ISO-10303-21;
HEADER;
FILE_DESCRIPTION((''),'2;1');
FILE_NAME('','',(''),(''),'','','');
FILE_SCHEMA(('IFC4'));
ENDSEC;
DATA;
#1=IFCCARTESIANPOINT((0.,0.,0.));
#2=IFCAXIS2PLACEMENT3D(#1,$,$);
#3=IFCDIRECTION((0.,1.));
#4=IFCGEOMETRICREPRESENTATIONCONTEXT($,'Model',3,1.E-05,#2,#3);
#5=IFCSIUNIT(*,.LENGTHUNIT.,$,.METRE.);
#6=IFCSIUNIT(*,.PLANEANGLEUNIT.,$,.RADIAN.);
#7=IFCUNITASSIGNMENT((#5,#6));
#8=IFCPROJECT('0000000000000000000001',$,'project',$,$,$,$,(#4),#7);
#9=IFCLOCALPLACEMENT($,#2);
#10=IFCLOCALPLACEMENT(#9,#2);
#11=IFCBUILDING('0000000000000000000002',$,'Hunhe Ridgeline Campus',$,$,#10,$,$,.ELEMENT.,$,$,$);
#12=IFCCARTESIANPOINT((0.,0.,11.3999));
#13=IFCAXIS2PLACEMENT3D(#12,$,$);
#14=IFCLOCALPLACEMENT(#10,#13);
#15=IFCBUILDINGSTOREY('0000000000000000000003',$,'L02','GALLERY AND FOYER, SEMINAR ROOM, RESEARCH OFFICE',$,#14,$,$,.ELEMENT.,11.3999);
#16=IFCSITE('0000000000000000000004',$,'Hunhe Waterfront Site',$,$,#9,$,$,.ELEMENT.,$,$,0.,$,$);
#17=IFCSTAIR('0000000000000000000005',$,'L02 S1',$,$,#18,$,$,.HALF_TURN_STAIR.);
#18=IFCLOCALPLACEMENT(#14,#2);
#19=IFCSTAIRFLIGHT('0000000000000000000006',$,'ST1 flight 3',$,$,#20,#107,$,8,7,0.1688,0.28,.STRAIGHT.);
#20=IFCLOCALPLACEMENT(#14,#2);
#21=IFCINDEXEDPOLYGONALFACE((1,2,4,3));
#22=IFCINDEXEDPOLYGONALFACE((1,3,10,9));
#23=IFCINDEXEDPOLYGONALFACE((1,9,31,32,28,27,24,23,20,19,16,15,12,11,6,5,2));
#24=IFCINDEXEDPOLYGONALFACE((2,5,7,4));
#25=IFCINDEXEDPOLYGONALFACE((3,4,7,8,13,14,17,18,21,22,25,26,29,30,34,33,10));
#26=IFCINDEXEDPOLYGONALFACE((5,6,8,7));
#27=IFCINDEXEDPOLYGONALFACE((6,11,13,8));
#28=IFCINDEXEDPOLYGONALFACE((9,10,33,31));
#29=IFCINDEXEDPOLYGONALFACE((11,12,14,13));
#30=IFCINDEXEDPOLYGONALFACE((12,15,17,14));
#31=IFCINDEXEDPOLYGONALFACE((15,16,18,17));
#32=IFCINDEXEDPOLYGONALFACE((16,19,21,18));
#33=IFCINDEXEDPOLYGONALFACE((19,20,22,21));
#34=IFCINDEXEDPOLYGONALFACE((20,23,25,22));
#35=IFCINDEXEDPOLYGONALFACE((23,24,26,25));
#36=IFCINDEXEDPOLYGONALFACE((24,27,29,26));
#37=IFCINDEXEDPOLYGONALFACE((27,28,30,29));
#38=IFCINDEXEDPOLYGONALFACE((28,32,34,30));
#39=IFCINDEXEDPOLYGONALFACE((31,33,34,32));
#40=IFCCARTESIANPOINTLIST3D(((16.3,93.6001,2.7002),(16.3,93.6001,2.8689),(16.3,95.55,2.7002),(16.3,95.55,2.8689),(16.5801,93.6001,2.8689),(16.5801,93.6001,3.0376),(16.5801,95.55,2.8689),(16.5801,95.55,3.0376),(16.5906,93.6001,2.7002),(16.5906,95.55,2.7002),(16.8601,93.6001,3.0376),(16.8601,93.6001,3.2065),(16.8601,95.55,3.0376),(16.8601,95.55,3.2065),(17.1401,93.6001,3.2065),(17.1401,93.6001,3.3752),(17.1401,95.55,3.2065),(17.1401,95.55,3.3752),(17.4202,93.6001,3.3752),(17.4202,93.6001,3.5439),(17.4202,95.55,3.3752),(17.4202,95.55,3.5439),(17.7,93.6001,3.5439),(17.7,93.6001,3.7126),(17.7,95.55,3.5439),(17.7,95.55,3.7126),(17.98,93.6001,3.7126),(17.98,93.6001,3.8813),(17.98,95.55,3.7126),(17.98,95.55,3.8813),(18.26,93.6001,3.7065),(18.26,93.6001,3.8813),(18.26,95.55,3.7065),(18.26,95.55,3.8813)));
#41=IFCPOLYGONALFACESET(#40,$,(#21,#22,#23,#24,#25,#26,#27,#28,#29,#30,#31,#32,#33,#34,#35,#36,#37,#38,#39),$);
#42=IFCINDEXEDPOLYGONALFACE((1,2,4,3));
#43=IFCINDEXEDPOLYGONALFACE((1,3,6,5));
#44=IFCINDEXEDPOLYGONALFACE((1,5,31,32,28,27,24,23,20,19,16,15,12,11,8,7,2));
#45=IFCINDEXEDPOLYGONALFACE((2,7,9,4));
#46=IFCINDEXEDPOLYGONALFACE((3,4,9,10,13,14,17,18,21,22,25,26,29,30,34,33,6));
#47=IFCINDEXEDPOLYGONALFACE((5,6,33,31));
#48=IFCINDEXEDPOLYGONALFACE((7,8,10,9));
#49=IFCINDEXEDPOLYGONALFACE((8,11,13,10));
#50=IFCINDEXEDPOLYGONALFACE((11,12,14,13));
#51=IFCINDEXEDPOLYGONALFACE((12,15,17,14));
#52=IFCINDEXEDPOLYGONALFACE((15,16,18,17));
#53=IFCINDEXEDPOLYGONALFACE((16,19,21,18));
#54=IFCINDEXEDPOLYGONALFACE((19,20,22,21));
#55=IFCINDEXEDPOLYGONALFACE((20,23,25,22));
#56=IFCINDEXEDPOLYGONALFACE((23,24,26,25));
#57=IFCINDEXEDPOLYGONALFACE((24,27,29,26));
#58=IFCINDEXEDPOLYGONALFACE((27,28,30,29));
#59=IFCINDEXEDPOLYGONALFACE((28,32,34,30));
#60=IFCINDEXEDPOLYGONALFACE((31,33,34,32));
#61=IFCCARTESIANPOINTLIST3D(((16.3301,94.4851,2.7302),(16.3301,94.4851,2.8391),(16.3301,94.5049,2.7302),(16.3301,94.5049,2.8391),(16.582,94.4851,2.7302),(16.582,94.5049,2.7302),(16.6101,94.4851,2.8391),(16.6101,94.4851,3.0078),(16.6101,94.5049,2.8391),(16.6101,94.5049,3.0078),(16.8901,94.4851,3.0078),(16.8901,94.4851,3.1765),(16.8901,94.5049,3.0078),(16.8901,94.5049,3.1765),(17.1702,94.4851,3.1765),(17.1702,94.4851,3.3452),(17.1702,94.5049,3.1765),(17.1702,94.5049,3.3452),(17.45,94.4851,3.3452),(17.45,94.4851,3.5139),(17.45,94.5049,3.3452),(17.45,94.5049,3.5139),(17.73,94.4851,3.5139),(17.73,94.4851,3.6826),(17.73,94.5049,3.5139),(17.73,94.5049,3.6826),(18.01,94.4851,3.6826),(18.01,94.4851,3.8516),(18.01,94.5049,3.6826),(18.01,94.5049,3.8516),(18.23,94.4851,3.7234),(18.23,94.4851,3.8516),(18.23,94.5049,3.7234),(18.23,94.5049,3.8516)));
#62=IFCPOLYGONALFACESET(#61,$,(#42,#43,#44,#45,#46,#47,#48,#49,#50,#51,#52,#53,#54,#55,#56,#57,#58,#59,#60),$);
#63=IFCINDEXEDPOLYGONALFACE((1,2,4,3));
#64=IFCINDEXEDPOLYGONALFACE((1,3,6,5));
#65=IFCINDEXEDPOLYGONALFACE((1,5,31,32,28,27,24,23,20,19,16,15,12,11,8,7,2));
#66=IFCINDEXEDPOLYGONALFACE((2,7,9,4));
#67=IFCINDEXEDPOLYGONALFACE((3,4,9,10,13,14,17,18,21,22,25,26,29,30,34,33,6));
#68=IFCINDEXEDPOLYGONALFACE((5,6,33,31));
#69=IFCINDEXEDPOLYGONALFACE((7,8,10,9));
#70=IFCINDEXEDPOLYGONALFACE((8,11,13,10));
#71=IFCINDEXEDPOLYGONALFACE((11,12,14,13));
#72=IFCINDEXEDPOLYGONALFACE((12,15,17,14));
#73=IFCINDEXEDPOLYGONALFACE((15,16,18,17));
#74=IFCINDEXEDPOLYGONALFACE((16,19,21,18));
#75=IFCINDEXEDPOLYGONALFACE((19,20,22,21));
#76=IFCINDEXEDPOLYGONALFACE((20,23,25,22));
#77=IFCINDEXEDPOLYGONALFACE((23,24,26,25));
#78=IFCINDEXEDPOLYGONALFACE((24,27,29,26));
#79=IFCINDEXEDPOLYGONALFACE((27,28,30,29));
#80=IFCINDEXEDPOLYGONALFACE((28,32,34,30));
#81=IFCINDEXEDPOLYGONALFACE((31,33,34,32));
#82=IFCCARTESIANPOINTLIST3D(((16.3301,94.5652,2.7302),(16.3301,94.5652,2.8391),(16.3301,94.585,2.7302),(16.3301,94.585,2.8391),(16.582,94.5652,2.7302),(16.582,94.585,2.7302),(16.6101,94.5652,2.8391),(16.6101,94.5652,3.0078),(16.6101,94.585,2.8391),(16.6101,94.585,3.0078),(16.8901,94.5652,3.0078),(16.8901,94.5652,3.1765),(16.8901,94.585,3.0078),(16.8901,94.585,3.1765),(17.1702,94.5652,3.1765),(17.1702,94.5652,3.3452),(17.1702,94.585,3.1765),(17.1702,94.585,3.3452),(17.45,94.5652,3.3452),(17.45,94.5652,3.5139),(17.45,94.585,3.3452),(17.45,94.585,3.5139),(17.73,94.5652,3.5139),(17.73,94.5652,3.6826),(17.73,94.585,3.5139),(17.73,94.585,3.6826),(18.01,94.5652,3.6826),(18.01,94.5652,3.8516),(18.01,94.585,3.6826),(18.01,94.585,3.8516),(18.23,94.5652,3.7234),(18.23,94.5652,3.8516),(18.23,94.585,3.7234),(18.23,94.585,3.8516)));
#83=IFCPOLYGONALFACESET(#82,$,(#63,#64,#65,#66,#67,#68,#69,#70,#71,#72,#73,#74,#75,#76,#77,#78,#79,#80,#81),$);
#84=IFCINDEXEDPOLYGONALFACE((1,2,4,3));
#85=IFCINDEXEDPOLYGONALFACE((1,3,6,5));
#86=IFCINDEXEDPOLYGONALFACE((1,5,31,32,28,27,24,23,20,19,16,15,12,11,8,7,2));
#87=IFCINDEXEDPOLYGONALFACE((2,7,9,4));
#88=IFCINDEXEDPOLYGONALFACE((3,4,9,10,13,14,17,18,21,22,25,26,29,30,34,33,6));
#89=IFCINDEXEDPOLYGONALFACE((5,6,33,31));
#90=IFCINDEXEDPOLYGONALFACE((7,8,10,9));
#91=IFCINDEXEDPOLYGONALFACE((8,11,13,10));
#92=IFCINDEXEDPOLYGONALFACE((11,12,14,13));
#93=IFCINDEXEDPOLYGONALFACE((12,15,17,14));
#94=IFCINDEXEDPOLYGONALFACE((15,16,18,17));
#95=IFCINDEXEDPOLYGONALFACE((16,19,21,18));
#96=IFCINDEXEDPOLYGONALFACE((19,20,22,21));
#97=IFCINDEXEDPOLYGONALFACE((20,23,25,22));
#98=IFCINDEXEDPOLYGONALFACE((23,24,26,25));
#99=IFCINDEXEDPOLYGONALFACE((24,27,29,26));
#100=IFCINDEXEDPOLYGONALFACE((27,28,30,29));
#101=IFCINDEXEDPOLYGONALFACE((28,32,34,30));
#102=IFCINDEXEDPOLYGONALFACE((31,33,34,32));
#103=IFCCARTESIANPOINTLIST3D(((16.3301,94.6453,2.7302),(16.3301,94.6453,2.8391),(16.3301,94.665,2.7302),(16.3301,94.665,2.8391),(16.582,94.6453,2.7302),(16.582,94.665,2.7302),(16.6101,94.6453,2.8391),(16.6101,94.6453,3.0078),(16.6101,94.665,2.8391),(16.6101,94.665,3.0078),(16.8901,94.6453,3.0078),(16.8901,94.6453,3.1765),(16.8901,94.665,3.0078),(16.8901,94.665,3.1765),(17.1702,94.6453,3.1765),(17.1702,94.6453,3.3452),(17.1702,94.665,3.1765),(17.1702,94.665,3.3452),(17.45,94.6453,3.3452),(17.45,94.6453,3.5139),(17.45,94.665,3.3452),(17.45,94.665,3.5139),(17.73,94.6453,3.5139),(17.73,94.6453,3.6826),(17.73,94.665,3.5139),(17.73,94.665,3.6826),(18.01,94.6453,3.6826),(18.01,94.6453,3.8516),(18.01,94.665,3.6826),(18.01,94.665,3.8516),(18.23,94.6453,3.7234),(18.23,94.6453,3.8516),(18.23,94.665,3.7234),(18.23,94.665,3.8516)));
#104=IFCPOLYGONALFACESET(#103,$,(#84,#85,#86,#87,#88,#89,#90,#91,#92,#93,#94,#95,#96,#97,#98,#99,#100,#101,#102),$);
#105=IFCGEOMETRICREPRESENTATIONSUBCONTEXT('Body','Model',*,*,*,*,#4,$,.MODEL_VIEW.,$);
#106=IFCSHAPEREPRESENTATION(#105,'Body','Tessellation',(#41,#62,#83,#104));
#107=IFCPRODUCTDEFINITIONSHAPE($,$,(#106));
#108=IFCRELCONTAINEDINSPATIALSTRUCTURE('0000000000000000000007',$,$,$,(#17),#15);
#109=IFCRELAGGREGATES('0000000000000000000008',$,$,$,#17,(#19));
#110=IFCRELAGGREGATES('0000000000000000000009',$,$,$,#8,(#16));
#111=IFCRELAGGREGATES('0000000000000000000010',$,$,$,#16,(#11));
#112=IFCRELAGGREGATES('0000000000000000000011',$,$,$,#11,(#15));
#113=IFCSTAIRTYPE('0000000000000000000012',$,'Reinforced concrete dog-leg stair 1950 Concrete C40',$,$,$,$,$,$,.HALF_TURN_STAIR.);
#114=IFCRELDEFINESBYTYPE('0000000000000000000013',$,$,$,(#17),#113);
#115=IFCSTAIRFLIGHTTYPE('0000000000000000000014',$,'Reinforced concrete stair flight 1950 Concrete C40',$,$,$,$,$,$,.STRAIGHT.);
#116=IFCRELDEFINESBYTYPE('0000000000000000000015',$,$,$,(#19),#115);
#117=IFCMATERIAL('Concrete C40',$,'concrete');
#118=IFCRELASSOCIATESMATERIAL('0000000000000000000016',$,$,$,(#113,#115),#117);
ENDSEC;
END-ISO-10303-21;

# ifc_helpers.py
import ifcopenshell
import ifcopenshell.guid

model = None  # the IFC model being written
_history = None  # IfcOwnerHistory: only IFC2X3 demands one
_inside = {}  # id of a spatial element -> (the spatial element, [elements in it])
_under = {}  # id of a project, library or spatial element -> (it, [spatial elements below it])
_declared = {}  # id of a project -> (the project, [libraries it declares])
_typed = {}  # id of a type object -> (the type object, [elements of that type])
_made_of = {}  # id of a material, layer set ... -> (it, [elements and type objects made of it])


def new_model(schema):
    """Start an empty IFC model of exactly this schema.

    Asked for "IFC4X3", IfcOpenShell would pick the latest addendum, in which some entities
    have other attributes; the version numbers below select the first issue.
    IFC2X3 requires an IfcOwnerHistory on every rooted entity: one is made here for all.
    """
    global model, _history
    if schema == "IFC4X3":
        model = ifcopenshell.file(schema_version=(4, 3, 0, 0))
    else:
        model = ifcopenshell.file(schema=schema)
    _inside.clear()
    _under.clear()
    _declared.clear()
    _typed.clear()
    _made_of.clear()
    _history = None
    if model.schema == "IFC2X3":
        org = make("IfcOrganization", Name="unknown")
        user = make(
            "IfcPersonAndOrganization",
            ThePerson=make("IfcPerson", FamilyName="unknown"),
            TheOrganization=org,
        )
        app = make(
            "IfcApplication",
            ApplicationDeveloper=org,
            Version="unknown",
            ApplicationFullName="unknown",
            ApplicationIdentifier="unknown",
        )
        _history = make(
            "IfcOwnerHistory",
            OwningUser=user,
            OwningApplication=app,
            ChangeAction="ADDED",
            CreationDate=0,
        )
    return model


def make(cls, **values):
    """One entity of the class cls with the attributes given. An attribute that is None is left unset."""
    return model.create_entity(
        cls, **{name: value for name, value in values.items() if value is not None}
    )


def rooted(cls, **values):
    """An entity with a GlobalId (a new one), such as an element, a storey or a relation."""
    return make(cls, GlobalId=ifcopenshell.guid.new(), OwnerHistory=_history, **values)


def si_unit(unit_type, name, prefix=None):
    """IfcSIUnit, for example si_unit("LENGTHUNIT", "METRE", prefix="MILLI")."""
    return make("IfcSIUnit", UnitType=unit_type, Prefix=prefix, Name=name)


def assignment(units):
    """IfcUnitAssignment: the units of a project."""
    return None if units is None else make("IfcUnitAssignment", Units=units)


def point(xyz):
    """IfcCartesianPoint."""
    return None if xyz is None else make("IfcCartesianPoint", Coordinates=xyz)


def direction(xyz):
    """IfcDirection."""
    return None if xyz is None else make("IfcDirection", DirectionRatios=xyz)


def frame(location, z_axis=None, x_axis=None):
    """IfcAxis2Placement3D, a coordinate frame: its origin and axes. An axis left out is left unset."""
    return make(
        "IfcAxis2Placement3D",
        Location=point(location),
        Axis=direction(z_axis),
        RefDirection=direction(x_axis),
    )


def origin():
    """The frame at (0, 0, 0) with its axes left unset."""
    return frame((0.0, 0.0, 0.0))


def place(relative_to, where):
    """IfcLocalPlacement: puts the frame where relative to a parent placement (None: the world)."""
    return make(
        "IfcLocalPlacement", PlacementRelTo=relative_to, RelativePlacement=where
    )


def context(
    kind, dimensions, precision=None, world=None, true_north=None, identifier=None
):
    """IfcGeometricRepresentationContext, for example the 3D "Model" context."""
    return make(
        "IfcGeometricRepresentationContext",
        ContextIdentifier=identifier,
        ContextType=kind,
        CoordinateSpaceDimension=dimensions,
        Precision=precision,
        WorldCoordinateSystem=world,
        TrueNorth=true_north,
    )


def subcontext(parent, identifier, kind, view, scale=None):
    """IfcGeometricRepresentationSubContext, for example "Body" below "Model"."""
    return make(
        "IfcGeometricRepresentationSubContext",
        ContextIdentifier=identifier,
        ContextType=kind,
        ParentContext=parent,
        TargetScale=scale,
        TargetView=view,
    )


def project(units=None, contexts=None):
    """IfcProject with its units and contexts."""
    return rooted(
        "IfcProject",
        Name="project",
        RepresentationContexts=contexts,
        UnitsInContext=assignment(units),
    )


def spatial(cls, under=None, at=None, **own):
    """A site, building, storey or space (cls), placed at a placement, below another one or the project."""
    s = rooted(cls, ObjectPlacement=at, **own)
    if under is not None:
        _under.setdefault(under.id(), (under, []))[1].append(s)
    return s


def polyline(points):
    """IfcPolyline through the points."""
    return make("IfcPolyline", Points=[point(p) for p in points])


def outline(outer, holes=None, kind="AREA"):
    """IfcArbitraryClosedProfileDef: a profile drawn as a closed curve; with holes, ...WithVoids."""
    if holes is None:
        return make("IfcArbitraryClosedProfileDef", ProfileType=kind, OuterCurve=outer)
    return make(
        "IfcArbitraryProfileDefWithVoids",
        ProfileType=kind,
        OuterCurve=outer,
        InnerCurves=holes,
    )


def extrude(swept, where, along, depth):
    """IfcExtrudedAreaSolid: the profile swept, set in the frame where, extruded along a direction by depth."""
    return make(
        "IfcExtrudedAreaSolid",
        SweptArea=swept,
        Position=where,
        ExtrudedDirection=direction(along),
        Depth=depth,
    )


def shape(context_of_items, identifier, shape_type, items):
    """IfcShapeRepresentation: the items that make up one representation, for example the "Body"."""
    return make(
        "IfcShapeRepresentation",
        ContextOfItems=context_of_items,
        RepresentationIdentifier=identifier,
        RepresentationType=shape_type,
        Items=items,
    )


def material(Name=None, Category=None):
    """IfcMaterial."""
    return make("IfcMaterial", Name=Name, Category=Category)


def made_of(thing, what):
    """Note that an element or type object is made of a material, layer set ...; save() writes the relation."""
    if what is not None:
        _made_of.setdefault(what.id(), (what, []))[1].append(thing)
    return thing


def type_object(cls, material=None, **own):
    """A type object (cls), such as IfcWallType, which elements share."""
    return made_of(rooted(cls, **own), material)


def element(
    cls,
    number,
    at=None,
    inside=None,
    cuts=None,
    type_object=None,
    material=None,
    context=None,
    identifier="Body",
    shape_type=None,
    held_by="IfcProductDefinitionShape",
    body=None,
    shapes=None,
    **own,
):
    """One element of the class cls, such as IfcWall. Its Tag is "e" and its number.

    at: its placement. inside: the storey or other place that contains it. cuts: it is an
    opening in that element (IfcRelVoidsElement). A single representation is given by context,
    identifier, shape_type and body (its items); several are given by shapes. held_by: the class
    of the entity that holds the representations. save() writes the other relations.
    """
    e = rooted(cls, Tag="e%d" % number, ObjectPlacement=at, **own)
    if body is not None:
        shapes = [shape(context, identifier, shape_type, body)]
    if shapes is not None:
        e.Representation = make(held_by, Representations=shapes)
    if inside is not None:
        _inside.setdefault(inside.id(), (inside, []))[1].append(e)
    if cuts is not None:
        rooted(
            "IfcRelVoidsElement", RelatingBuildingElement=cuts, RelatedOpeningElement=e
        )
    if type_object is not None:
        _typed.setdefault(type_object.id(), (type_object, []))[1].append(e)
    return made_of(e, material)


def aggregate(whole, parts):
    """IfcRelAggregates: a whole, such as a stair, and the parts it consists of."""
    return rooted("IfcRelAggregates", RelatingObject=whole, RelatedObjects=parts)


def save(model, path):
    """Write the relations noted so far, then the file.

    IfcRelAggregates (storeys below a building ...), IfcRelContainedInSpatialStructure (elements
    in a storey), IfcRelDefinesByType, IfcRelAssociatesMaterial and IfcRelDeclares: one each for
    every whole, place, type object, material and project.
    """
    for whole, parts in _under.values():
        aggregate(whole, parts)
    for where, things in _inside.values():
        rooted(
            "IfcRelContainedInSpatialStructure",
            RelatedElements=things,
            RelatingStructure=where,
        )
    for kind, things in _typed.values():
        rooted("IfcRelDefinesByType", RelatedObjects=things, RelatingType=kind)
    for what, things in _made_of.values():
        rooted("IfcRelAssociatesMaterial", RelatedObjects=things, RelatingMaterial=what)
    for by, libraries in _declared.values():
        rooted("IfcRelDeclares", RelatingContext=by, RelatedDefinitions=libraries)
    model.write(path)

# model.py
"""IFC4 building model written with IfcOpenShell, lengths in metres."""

from ifc_helpers import new_model, si_unit, direction, frame, origin, place, context, subcontext, project, spatial, polyline, outline, extrude, material, type_object, element, aggregate, save


model = new_model("IFC4")

# Units and contexts
model_context = context("Model", 3, precision=1e-05, world=origin(), true_north=direction((0.0, 1.0)))
body_context = subcontext(model_context, "Body", "Model", "MODEL_VIEW")
ifc_project = project(units=[si_unit("LENGTHUNIT", "METRE"), si_unit("PLANEANGLEUNIT", "RADIAN")], contexts=[model_context])

# Site, building, storey
site_placement = place(None, origin())
site = spatial("IfcSite", under=ifc_project, at=site_placement, Name="Hunhe Waterfront Site", CompositionType="ELEMENT", RefElevation=0.0)
building_placement = place(site_placement, origin())
building = spatial("IfcBuilding", under=site, at=building_placement, Name="Hunhe Ridgeline Campus", CompositionType="ELEMENT")
storey_placement = place(building_placement, frame((0.0, 0.0, 11.3999)))
storey = spatial("IfcBuildingStorey", under=building, at=storey_placement, Name="L02", Description="GALLERY AND FOYER, SEMINAR ROOM, RESEARCH OFFICE", CompositionType="ELEMENT", Elevation=11.3999)

# Stair, stair flight
ifc_material_1 = material(Name="Concrete C40", Category="concrete")
stair_type = type_object("IfcStairType", Name="Reinforced concrete dog-leg stair 1950 Concrete C40", PredefinedType="HALF_TURN_STAIR", material=ifc_material_1)
stair_placement = place(storey_placement, origin())
stair = element("IfcStair", 1, at=stair_placement, inside=storey, type_object=stair_type, Name="L02 S1", PredefinedType="HALF_TURN_STAIR")
stair_flight_type = type_object("IfcStairFlightType", Name="Reinforced concrete stair flight 1950 Concrete C40", PredefinedType="STRAIGHT", material=ifc_material_1)
stair_flight_1_placement = place(storey_placement, frame((16.3, 94.575, 2.7002), z_axis=(0.0, 0.0, 1.0), x_axis=(1.0, 0.0, 0.0)))
stair_flight_1 = element("IfcStairFlight", 2, at=stair_flight_1_placement, type_object=stair_flight_type, Name="ST1 flight 3", NumberOfRisers=8, NumberOfTreads=7, PredefinedType="STRAIGHT", RiserHeight=0.1688, TreadLength=0.28, context=body_context, shape_type="SweptSolid", body=[
    extrude(outline(polyline([(0.0, 0.0), (0.0, 0.1687), (0.28, 0.1687), (0.28, 0.3374), (0.5601, 0.3374), (0.5601, 0.5063), (0.8401, 0.5063), (0.8401, 0.675), (1.1201, 0.675), (1.1201, 0.8438), (1.3999, 0.8438), (1.3999, 1.0125), (1.6799, 1.0125), (1.6799, 1.1812), (1.96, 1.1812), (1.96, 1.3501), (1.96, 1.0063), (0.2905, 0.0), (0.0, 0.0)])), frame((0.0, 0.9751, 0.0), z_axis=(0.0, -1.0, 0.0), x_axis=(1.0, 0.0, 0.0)), (0.0, 0.0, 1.0), 1.95),
    extrude(outline(polyline([(0.03, 0.03), (0.03, 0.1389), (0.3101, 0.1389), (0.3101, 0.3076), (0.5901, 0.3076), (0.5901, 0.4763), (0.8701, 0.4763), (0.8701, 0.645), (1.1499, 0.645), (1.1499, 0.8137), (1.4299, 0.8137), (1.4299, 0.9824), (1.71, 0.9824), (1.71, 1.1514), (1.9299, 1.1514), (1.9299, 1.0232), (0.282, 0.03), (0.03, 0.03)])), frame((0.0, -0.0701, 0.0), z_axis=(0.0, -1.0, 0.0), x_axis=(1.0, 0.0, 0.0)), (0.0, 0.0, 1.0), 0.0198),
    extrude(outline(polyline([(0.03, 0.03), (0.03, 0.1389), (0.3101, 0.1389), (0.3101, 0.3076), (0.5901, 0.3076), (0.5901, 0.4763), (0.8701, 0.4763), (0.8701, 0.645), (1.1499, 0.645), (1.1499, 0.8137), (1.4299, 0.8137), (1.4299, 0.9824), (1.71, 0.9824), (1.71, 1.1514), (1.9299, 1.1514), (1.9299, 1.0232), (0.282, 0.03), (0.03, 0.03)])), frame((0.0, 0.01, 0.0), z_axis=(0.0, -1.0, 0.0), x_axis=(1.0, 0.0, 0.0)), (0.0, 0.0, 1.0), 0.0198),
    extrude(outline(polyline([(0.03, 0.03), (0.03, 0.1389), (0.3101, 0.1389), (0.3101, 0.3076), (0.5901, 0.3076), (0.5901, 0.4763), (0.8701, 0.4763), (0.8701, 0.645), (1.1499, 0.645), (1.1499, 0.8137), (1.4299, 0.8137), (1.4299, 0.9824), (1.71, 0.9824), (1.71, 1.1514), (1.9299, 1.1514), (1.9299, 1.0232), (0.282, 0.03), (0.03, 0.03)])), frame((0.0, 0.0901, 0.0), z_axis=(0.0, -1.0, 0.0), x_axis=(1.0, 0.0, 0.0)), (0.0, 0.0, 1.0), 0.0198),
])
aggregate(stair, [stair_flight_1])

save(model, "model.ifc")
